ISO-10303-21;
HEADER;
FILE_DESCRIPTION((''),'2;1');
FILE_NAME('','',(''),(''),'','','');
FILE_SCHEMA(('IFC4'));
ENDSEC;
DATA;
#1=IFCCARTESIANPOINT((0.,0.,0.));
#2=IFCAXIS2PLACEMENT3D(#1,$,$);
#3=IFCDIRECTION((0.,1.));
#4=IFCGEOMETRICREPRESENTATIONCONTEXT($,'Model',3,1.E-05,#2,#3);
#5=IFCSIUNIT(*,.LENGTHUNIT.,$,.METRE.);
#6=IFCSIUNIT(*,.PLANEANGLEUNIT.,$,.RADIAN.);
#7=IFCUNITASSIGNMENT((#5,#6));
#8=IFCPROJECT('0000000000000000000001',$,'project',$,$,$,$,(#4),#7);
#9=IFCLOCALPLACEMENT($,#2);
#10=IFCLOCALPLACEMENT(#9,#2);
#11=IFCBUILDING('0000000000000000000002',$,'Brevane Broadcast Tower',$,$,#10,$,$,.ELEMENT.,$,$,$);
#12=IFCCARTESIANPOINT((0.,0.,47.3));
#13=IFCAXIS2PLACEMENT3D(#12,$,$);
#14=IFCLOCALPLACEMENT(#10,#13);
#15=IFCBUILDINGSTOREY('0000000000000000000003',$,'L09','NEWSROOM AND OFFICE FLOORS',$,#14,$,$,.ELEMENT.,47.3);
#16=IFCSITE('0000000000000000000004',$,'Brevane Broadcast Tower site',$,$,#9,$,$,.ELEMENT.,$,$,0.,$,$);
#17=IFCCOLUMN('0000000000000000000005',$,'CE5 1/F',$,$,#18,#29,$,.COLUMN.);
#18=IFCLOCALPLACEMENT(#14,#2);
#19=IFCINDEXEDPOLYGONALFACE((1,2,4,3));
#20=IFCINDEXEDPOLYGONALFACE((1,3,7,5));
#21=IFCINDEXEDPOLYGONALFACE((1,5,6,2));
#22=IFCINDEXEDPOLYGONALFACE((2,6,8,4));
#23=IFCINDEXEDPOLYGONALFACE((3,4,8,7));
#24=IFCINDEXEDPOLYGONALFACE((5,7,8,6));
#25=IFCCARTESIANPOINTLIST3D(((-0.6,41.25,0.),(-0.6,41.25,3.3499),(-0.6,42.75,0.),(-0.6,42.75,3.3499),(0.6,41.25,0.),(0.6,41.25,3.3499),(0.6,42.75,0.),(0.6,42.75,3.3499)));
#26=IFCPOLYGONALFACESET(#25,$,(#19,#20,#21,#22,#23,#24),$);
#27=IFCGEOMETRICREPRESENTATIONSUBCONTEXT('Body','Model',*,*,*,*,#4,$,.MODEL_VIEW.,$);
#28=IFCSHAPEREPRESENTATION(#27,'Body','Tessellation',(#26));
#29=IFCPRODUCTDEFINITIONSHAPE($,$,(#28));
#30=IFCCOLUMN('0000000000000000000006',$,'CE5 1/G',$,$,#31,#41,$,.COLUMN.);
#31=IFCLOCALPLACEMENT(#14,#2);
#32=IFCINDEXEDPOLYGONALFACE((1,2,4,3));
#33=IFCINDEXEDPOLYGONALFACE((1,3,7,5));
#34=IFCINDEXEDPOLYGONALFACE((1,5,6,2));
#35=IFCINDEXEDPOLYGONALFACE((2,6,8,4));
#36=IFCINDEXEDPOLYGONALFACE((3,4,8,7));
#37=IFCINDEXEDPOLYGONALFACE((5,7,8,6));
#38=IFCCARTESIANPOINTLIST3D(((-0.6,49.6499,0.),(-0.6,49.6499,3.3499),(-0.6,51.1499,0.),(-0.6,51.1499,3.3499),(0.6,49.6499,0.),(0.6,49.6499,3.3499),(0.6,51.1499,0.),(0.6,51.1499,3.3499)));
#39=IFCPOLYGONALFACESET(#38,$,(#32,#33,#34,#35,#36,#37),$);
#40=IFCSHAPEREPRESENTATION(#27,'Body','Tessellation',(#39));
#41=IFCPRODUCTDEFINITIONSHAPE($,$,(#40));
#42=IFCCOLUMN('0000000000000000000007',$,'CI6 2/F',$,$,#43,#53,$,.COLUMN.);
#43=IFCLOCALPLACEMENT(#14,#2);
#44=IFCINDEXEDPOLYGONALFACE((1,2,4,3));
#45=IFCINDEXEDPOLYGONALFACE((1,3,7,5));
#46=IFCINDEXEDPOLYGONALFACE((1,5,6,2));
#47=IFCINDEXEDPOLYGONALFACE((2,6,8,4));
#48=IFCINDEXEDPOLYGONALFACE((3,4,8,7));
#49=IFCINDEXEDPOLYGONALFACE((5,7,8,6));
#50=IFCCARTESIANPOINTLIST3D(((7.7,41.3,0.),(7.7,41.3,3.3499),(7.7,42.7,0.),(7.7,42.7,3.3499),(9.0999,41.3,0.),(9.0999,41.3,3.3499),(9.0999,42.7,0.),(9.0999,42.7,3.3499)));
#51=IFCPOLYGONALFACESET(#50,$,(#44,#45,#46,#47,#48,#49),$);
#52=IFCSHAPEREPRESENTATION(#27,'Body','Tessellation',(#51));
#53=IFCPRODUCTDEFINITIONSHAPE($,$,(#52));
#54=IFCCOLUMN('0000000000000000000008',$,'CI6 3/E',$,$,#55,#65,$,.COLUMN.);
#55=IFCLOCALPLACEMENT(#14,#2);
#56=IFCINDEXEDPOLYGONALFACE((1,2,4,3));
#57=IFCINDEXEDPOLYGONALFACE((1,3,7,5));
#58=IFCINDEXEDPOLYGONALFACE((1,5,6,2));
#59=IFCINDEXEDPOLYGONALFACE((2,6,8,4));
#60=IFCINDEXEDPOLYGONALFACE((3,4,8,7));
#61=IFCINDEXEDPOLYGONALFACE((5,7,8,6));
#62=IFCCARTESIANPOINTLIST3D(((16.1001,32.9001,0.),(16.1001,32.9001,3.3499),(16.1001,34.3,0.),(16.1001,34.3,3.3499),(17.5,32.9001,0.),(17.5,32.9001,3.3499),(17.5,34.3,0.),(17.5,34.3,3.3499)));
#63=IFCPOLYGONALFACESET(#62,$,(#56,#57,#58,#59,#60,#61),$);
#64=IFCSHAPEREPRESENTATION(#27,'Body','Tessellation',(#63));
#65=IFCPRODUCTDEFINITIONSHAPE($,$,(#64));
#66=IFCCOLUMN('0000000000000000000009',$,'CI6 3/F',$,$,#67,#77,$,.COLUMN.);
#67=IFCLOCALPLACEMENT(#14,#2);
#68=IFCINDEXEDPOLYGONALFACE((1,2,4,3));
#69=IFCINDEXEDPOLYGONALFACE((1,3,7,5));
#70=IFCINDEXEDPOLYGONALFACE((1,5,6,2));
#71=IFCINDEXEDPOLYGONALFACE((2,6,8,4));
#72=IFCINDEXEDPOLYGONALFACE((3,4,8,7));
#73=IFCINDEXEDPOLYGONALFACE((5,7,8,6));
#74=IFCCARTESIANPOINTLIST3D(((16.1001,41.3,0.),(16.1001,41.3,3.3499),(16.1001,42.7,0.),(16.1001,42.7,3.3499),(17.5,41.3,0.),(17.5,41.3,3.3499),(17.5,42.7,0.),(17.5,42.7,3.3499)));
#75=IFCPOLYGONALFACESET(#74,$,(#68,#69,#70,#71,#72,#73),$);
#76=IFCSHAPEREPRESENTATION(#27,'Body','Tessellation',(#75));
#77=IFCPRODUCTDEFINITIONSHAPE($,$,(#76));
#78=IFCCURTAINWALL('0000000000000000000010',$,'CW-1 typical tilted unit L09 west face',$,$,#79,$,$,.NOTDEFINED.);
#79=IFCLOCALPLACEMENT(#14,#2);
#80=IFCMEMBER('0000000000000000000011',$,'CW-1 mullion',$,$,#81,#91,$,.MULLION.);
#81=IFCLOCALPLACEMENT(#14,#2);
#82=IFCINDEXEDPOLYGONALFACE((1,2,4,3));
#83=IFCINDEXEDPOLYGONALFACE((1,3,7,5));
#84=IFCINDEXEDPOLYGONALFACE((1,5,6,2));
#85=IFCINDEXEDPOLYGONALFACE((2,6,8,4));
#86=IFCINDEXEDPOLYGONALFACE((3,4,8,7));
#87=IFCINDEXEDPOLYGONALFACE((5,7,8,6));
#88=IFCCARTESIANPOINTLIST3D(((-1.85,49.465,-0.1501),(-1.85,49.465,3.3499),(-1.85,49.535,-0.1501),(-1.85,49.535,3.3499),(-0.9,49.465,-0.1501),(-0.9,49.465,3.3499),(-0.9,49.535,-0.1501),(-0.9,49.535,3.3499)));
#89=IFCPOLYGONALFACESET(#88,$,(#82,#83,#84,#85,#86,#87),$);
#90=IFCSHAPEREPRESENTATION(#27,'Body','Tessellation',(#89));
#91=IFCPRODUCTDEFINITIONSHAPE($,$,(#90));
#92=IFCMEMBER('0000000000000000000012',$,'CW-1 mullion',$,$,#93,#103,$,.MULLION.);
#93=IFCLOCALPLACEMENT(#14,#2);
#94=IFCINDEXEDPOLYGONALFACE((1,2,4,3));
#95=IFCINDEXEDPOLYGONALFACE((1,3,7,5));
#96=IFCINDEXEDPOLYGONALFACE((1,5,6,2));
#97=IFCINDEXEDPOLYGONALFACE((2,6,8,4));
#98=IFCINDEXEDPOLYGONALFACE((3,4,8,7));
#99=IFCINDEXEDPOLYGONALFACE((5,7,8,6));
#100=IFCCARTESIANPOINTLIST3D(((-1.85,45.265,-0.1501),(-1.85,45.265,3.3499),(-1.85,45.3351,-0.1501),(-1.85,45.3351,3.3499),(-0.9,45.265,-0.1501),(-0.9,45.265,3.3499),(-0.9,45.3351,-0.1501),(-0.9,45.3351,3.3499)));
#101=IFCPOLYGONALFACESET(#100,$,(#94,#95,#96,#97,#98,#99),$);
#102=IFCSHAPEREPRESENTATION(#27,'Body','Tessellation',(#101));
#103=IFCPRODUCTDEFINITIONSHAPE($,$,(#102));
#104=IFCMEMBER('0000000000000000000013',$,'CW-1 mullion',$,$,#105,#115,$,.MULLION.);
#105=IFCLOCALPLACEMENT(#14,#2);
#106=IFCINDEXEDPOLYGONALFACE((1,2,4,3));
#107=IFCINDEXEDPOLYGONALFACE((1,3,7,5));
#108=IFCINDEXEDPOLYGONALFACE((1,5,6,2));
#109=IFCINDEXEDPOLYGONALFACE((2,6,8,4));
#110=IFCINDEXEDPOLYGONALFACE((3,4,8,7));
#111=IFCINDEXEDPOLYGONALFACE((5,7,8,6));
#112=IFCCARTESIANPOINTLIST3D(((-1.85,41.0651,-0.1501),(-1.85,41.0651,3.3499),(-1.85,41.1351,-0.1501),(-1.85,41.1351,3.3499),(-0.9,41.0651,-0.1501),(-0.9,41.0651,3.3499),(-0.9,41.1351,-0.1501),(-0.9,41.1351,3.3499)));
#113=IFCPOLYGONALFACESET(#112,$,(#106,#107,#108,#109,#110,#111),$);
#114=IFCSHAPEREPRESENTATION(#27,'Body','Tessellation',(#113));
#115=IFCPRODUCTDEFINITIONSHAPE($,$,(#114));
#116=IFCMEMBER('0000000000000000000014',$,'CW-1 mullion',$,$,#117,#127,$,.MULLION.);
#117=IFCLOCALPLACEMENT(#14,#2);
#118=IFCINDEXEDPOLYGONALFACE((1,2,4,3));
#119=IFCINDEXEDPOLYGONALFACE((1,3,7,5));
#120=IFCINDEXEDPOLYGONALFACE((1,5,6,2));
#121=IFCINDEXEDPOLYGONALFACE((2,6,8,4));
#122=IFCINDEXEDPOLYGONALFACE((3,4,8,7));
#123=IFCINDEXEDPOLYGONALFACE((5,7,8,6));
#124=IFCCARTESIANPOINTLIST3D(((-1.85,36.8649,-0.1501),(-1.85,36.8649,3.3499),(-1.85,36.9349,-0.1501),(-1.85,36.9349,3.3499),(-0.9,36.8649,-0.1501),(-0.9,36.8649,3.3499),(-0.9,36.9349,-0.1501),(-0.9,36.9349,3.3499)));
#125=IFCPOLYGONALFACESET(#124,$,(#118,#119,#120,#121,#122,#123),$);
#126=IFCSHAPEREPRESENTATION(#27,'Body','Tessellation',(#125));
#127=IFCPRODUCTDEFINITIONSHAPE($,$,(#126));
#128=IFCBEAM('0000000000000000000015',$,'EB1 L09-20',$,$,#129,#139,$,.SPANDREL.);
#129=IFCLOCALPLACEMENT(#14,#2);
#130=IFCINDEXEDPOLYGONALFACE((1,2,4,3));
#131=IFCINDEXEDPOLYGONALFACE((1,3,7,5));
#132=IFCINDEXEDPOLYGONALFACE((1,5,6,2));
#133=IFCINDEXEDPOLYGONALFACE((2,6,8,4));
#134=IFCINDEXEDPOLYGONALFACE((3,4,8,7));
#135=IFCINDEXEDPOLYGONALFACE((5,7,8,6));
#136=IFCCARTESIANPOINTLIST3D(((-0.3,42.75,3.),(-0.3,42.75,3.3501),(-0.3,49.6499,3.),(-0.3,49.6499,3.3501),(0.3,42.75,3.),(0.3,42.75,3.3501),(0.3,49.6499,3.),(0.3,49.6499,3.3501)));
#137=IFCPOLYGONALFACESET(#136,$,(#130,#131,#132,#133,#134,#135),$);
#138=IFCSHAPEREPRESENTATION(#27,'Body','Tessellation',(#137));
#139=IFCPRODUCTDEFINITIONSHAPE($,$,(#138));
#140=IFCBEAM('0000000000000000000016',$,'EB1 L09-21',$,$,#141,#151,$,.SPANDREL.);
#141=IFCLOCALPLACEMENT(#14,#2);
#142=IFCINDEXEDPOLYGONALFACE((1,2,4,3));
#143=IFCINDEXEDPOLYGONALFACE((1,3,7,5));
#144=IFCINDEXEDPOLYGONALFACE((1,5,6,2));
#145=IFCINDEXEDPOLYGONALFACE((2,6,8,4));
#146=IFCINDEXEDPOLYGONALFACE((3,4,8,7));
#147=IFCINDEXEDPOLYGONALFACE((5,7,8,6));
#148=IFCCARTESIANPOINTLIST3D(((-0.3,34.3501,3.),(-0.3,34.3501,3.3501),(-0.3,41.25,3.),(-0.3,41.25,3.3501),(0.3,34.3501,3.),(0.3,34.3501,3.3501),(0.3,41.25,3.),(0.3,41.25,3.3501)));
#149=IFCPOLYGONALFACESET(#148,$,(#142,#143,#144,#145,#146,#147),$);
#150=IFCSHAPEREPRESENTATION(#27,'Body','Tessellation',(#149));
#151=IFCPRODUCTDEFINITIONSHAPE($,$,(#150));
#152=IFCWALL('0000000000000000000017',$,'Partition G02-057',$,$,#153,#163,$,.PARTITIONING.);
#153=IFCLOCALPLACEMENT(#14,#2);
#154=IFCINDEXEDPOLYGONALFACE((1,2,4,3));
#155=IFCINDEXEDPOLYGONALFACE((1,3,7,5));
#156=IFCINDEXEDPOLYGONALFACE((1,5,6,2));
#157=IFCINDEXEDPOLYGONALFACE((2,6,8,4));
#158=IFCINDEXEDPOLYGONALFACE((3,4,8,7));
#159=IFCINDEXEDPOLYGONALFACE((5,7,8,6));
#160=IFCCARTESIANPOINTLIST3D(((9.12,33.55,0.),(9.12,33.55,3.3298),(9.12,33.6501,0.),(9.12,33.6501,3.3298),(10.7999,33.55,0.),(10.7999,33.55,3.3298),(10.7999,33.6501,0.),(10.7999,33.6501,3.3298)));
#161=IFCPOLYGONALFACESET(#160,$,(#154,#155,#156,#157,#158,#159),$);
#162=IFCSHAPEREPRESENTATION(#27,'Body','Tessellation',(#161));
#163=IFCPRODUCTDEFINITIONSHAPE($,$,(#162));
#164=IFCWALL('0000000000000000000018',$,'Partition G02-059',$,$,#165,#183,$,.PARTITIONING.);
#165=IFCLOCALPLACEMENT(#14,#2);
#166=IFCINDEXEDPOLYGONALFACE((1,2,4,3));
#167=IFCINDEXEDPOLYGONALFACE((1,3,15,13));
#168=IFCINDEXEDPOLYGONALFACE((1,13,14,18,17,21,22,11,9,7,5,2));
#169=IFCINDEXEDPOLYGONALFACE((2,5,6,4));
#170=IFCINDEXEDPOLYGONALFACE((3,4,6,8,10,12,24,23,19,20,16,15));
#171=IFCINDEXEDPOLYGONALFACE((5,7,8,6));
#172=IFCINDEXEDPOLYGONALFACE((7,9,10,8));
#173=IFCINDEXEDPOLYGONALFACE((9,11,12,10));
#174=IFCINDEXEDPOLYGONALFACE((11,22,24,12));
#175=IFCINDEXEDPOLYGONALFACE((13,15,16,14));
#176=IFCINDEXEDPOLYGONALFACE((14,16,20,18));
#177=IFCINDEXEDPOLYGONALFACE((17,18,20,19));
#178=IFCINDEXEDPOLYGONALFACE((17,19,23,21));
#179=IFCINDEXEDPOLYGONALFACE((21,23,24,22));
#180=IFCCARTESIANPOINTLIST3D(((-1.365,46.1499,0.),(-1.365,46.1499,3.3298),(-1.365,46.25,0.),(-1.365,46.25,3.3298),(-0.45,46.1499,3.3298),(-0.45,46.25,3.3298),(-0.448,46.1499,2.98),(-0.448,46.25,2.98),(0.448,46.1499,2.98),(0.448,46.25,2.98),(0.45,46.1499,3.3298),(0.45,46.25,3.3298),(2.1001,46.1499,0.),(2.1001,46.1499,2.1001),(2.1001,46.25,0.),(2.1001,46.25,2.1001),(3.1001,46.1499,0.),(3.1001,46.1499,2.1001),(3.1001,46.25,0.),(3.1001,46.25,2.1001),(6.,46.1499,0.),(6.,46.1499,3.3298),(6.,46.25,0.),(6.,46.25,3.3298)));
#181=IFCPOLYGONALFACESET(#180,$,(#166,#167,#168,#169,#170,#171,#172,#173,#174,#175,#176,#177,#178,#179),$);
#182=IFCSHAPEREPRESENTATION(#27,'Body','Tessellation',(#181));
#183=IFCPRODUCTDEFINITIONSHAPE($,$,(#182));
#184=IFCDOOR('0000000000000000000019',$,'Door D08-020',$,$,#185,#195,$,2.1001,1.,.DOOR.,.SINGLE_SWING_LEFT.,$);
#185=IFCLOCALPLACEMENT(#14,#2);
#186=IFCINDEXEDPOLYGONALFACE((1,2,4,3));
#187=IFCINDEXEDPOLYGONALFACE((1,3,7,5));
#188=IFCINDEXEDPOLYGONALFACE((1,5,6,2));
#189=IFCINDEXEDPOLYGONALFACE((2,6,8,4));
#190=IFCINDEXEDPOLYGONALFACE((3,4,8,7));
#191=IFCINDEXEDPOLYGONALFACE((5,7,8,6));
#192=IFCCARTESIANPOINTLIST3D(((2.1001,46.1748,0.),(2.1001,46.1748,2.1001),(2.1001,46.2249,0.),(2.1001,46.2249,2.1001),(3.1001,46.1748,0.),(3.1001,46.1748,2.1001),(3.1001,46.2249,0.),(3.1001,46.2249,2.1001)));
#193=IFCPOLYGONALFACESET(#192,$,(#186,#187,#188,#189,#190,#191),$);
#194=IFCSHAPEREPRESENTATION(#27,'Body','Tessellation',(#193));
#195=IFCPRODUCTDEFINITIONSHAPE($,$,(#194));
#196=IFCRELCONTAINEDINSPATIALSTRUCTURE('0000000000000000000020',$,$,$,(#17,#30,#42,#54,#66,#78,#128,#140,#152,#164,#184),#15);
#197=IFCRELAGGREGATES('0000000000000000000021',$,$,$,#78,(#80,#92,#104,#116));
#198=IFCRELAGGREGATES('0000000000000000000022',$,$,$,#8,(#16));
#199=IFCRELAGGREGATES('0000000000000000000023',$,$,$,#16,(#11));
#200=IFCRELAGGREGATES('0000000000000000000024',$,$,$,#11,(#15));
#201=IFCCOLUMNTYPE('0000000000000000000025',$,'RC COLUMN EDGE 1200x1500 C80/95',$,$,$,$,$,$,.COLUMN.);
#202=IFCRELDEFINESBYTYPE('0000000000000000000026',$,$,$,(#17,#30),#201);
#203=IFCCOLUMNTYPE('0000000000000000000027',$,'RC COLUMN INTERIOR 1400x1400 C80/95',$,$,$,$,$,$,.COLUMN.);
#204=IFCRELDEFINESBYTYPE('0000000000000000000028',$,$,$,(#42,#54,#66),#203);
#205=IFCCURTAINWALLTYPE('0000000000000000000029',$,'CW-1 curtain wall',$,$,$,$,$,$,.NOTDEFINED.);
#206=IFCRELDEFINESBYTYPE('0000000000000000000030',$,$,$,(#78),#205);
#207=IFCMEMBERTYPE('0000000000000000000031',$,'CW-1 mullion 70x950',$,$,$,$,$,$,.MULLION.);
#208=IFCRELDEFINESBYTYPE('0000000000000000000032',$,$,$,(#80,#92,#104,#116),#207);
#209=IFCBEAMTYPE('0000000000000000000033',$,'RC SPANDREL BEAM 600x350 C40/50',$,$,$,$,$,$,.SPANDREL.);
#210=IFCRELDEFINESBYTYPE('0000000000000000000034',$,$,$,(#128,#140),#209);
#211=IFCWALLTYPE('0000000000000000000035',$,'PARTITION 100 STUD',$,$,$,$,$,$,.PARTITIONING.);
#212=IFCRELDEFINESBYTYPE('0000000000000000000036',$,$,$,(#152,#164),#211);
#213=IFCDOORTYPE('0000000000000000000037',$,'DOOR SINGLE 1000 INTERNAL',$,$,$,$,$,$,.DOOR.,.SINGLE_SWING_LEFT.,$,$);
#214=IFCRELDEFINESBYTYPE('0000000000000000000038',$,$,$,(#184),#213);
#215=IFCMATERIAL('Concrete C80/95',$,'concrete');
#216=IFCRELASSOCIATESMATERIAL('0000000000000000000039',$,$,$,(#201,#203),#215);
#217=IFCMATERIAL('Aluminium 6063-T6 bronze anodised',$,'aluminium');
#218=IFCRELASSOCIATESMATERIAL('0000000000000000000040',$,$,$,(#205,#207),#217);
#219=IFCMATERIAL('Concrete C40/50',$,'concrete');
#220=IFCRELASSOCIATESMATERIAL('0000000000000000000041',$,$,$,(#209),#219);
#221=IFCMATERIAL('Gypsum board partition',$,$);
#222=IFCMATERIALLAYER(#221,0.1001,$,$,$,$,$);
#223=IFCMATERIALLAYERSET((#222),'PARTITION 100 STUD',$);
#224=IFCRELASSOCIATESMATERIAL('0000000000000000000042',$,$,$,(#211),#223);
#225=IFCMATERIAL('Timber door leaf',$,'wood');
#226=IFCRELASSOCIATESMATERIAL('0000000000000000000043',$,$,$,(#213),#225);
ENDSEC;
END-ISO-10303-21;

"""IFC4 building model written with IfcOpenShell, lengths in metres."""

from ifc_helpers import new_model, si_unit, direction, frame, frame_2d, origin, origin_2d, place, context, subcontext, project, spatial, polyline, rectangle, outline, extrude, material, layer, layer_set, material_profile, profile_set, type_object, element, fill, aggregate, save


model = new_model("IFC4")

# Units and contexts
model_context = context("Model", 3, precision=1e-05, world=origin(), true_north=direction((0.0, 1.0)))
body_context = subcontext(model_context, "Body", "Model", "MODEL_VIEW")
ifc_project = project(units=[si_unit("LENGTHUNIT", "METRE"), si_unit("PLANEANGLEUNIT", "RADIAN")], contexts=[model_context])

# Site, building, storey
site_placement = place(None, origin())
site = spatial("IfcSite", under=ifc_project, at=site_placement, Name="Brevane Broadcast Tower site", CompositionType="ELEMENT", RefElevation=0.0)
building_placement = place(site_placement, origin())
building = spatial("IfcBuilding", under=site, at=building_placement, Name="Brevane Broadcast Tower", CompositionType="ELEMENT")
storey_placement = place(building_placement, frame((0.0, 0.0, 47.3)))
storey = spatial("IfcBuildingStorey", under=building, at=storey_placement, Name="L09", Description="NEWSROOM AND OFFICE FLOORS", CompositionType="ELEMENT", Elevation=47.3)

# Columns
ifc_material_1 = material(Name="Concrete C80/95", Category="concrete")
ifc_material_profile_1 = material_profile(ifc_material_1, rectangle(XDim=1.2, YDim=1.5, at=origin_2d()), Name="RC 1200x1500")
ifc_profile_set_1 = profile_set([ifc_material_profile_1], Name="Concrete C80/95")
column_type_1 = type_object("IfcColumnType", Name="RC COLUMN EDGE 1200x1500 C80/95", PredefinedType="COLUMN", material=ifc_profile_set_1)
for number, where, z_axis, x_axis, name in (
    (1, (0.0, 42.0, 0.0), (0.0, 0.0, 1.0), (1.0, 0.0, 0.0), "CE5 1/F"),
    (2, (0.0, 50.3999, 0.0), (0.0, 0.0, 1.0), (1.0, 0.0, 0.0), "CE5 1/G"),
):
    element("IfcColumn", number, at=place(storey_placement, frame(where, z_axis=z_axis, x_axis=x_axis)), inside=storey, type_object=column_type_1, Name=name, PredefinedType="COLUMN", context=body_context, shape_type="SweptSolid", body=[
        extrude(rectangle(XDim=1.2, YDim=1.5, at=origin_2d()), origin(), (0.0, 0.0, 1.0), 3.3499),
    ])
ifc_material_profile_2 = material_profile(ifc_material_1, rectangle(XDim=1.3999, YDim=1.3999, at=origin_2d()), Name="RC 1400x1400")
ifc_profile_set_2 = profile_set([ifc_material_profile_2], Name="Concrete C80/95")
column_type_2 = type_object("IfcColumnType", Name="RC COLUMN INTERIOR 1400x1400 C80/95", PredefinedType="COLUMN", material=ifc_profile_set_2)
for number, where, z_axis, x_axis, name in (
    (3, (8.3999, 42.0, 0.0), (0.0, 0.0, 1.0), (1.0, 0.0, 0.0), "CI6 2/F"),
    (4, (16.8, 33.6001, 0.0), (0.0, 0.0, 1.0), (1.0, 0.0, 0.0), "CI6 3/E"),
    (5, (16.8, 42.0, 0.0), (0.0, 0.0, 1.0), (1.0, 0.0, 0.0), "CI6 3/F"),
):
    element("IfcColumn", number, at=place(storey_placement, frame(where, z_axis=z_axis, x_axis=x_axis)), inside=storey, type_object=column_type_2, Name=name, PredefinedType="COLUMN", context=body_context, shape_type="SweptSolid", body=[
        extrude(rectangle(XDim=1.3999, YDim=1.3999, at=origin_2d()), origin(), (0.0, 0.0, 1.0), 3.3499),
    ])

# Curtain wall, members
ifc_material_2 = material(Name="Aluminium 6063-T6 bronze anodised", Category="aluminium")
curtain_wall_type = type_object("IfcCurtainWallType", Name="CW-1 curtain wall", PredefinedType="NOTDEFINED", material=ifc_material_2)
curtain_wall_placement = place(storey_placement, origin())
curtain_wall = element("IfcCurtainWall", 6, at=curtain_wall_placement, inside=storey, type_object=curtain_wall_type, Name="CW-1 typical tilted unit L09 west face", PredefinedType="NOTDEFINED")
ifc_material_profile_3 = material_profile(ifc_material_2, rectangle(XDim=0.95, YDim=0.0701, at=origin_2d()), Name="RECT 70x950")
ifc_profile_set_3 = profile_set([ifc_material_profile_3], Name="Aluminium 6063-T6 bronze anodised")
member_type = type_object("IfcMemberType", Name="CW-1 mullion 70x950", PredefinedType="MULLION", material=ifc_profile_set_3)
member_1_placement = place(storey_placement, frame((-1.375, 49.5, -0.1501), z_axis=(0.0, 0.0, 1.0), x_axis=(1.0, 0.0, 0.0)))
member_1 = element("IfcMember", 7, at=member_1_placement, type_object=member_type, Name="CW-1 mullion", PredefinedType="MULLION", context=body_context, shape_type="SweptSolid", body=[
    extrude(rectangle(XDim=0.95, YDim=0.0701, at=origin_2d()), origin(), (0.0, 0.0, 1.0), 3.5),
])
member_2_placement = place(storey_placement, frame((-1.375, 45.3, -0.1501), z_axis=(0.0, 0.0, 1.0), x_axis=(1.0, 0.0, 0.0)))
member_2 = element("IfcMember", 8, at=member_2_placement, type_object=member_type, Name="CW-1 mullion", PredefinedType="MULLION", context=body_context, shape_type="SweptSolid", body=[
    extrude(rectangle(XDim=0.95, YDim=0.0701, at=origin_2d()), origin(), (0.0, 0.0, 1.0), 3.5),
])
member_3_placement = place(storey_placement, frame((-1.375, 41.1001, -0.1501), z_axis=(0.0, 0.0, 1.0), x_axis=(1.0, 0.0, 0.0)))
member_3 = element("IfcMember", 9, at=member_3_placement, type_object=member_type, Name="CW-1 mullion", PredefinedType="MULLION", context=body_context, shape_type="SweptSolid", body=[
    extrude(rectangle(XDim=0.95, YDim=0.0701, at=origin_2d()), origin(), (0.0, 0.0, 1.0), 3.5),
])
member_4_placement = place(storey_placement, frame((-1.375, 36.8999, -0.1501), z_axis=(0.0, 0.0, 1.0), x_axis=(1.0, 0.0, 0.0)))
member_4 = element("IfcMember", 10, at=member_4_placement, type_object=member_type, Name="CW-1 mullion", PredefinedType="MULLION", context=body_context, shape_type="SweptSolid", body=[
    extrude(rectangle(XDim=0.95, YDim=0.0701, at=origin_2d()), origin(), (0.0, 0.0, 1.0), 3.5),
])
aggregate(curtain_wall, [member_1, member_2, member_3, member_4])

# Beams
ifc_material_3 = material(Name="Concrete C40/50", Category="concrete")
ifc_material_profile_4 = material_profile(ifc_material_3, rectangle(XDim=0.6001, YDim=0.3501, at=origin_2d()), Name="RC 600x350")
ifc_profile_set_4 = profile_set([ifc_material_profile_4], Name="Concrete C40/50")
beam_type = type_object("IfcBeamType", Name="RC SPANDREL BEAM 600x350 C40/50", PredefinedType="SPANDREL", material=ifc_profile_set_4)
for number, where, z_axis, x_axis, name in (
    (11, (0.0, 49.6499, 3.175), (0.0, -1.0, 0.0), (1.0, 0.0, 0.0), "EB1 L09-20"),
    (12, (0.0, 41.25, 3.175), (0.0, -1.0, 0.0), (1.0, 0.0, 0.0), "EB1 L09-21"),
):
    element("IfcBeam", number, at=place(storey_placement, frame(where, z_axis=z_axis, x_axis=x_axis)), inside=storey, type_object=beam_type, Name=name, PredefinedType="SPANDREL", context=body_context, shape_type="SweptSolid", body=[
        extrude(rectangle(XDim=0.6001, YDim=0.3501, at=origin_2d()), origin(), (0.0, 0.0, 1.0), 6.8999),
    ])

# Wall
ifc_material_4 = material(Name="Gypsum board partition")
ifc_layer_1 = layer(ifc_material_4, 0.1001)
ifc_layer_set_1 = layer_set([ifc_layer_1], Name="PARTITION 100 STUD")
wall_type_1 = type_object("IfcWallType", Name="PARTITION 100 STUD", PredefinedType="PARTITIONING", material=ifc_layer_set_1)
wall_1_placement = place(storey_placement, frame((9.1201, 33.6001, 0.0), z_axis=(0.0, 0.0, 1.0), x_axis=(1.0, 0.0, 0.0)))
element("IfcWall", 13, at=wall_1_placement, inside=storey, type_object=wall_type_1, Name="Partition G02-057", PredefinedType="PARTITIONING", context=body_context, shape_type="SweptSolid", body=[
    extrude(rectangle(XDim=1.6799, YDim=0.1001, at=frame_2d((0.8398, 0.0))), origin(), (0.0, 0.0, 1.0), 3.3298),
])

# Wall, opening, door
wall_2_placement = place(storey_placement, frame((-1.365, 46.2, 0.0), z_axis=(0.0, 0.0, 1.0), x_axis=(1.0, 0.0, 0.0)))
wall_2 = element("IfcWall", 14, at=wall_2_placement, inside=storey, type_object=wall_type_1, Name="Partition G02-059", PredefinedType="PARTITIONING", context=body_context, shape_type="SweptSolid", body=[
    extrude(outline(polyline([(0.0, 0.0), (7.365, 0.0), (7.365, 3.3298), (1.8149, 3.3298), (1.813, 2.98), (0.917, 2.98), (0.915, 3.3298), (0.2649, 3.3298), (0.0, 3.3298), (0.0, 0.0)])), frame((0.0, 0.05, 0.0), z_axis=(0.0, -1.0, 0.0), x_axis=(1.0, 0.0, 0.0)), (0.0, 0.0, 1.0), 0.1001),
])
opening_1_placement = place(wall_2_placement, frame((3.4651, 0.0, 0.0)))
opening_1 = element("IfcOpeningElement", 15, at=opening_1_placement, cuts=wall_2, PredefinedType="OPENING", context=body_context, shape_type="SweptSolid", body=[
    extrude(rectangle(XDim=1.0, YDim=2.1001, at=frame_2d((0.5, 1.05))), frame((0.0, 0.0601, 0.0), z_axis=(0.0, -1.0, 0.0), x_axis=(1.0, 0.0, 0.0)), (0.0, 0.0, 1.0), 0.1201),
])
ifc_material_5 = material(Name="Timber door leaf", Category="wood")
door_type_1 = type_object("IfcDoorType", Name="DOOR SINGLE 1000 INTERNAL", OperationType="SINGLE_SWING_LEFT", PredefinedType="DOOR", material=ifc_material_5)
door_1_placement = place(opening_1_placement, origin())
door_1 = element("IfcDoor", 16, at=door_1_placement, inside=storey, type_object=door_type_1, Name="Door D08-020", OperationType="SINGLE_SWING_LEFT", OverallHeight=2.1001, OverallWidth=1.0, PredefinedType="DOOR", context=body_context, shape_type="SweptSolid", body=[
    extrude(rectangle(XDim=1.0, YDim=2.1001, at=frame_2d((0.5, 1.05))), frame((0.0, 0.0249, 0.0), z_axis=(0.0, -1.0, 0.0), x_axis=(1.0, 0.0, 0.0)), (0.0, 0.0, 1.0), 0.05),
])
fill(opening_1, door_1)

save(model, "model.ifc")
